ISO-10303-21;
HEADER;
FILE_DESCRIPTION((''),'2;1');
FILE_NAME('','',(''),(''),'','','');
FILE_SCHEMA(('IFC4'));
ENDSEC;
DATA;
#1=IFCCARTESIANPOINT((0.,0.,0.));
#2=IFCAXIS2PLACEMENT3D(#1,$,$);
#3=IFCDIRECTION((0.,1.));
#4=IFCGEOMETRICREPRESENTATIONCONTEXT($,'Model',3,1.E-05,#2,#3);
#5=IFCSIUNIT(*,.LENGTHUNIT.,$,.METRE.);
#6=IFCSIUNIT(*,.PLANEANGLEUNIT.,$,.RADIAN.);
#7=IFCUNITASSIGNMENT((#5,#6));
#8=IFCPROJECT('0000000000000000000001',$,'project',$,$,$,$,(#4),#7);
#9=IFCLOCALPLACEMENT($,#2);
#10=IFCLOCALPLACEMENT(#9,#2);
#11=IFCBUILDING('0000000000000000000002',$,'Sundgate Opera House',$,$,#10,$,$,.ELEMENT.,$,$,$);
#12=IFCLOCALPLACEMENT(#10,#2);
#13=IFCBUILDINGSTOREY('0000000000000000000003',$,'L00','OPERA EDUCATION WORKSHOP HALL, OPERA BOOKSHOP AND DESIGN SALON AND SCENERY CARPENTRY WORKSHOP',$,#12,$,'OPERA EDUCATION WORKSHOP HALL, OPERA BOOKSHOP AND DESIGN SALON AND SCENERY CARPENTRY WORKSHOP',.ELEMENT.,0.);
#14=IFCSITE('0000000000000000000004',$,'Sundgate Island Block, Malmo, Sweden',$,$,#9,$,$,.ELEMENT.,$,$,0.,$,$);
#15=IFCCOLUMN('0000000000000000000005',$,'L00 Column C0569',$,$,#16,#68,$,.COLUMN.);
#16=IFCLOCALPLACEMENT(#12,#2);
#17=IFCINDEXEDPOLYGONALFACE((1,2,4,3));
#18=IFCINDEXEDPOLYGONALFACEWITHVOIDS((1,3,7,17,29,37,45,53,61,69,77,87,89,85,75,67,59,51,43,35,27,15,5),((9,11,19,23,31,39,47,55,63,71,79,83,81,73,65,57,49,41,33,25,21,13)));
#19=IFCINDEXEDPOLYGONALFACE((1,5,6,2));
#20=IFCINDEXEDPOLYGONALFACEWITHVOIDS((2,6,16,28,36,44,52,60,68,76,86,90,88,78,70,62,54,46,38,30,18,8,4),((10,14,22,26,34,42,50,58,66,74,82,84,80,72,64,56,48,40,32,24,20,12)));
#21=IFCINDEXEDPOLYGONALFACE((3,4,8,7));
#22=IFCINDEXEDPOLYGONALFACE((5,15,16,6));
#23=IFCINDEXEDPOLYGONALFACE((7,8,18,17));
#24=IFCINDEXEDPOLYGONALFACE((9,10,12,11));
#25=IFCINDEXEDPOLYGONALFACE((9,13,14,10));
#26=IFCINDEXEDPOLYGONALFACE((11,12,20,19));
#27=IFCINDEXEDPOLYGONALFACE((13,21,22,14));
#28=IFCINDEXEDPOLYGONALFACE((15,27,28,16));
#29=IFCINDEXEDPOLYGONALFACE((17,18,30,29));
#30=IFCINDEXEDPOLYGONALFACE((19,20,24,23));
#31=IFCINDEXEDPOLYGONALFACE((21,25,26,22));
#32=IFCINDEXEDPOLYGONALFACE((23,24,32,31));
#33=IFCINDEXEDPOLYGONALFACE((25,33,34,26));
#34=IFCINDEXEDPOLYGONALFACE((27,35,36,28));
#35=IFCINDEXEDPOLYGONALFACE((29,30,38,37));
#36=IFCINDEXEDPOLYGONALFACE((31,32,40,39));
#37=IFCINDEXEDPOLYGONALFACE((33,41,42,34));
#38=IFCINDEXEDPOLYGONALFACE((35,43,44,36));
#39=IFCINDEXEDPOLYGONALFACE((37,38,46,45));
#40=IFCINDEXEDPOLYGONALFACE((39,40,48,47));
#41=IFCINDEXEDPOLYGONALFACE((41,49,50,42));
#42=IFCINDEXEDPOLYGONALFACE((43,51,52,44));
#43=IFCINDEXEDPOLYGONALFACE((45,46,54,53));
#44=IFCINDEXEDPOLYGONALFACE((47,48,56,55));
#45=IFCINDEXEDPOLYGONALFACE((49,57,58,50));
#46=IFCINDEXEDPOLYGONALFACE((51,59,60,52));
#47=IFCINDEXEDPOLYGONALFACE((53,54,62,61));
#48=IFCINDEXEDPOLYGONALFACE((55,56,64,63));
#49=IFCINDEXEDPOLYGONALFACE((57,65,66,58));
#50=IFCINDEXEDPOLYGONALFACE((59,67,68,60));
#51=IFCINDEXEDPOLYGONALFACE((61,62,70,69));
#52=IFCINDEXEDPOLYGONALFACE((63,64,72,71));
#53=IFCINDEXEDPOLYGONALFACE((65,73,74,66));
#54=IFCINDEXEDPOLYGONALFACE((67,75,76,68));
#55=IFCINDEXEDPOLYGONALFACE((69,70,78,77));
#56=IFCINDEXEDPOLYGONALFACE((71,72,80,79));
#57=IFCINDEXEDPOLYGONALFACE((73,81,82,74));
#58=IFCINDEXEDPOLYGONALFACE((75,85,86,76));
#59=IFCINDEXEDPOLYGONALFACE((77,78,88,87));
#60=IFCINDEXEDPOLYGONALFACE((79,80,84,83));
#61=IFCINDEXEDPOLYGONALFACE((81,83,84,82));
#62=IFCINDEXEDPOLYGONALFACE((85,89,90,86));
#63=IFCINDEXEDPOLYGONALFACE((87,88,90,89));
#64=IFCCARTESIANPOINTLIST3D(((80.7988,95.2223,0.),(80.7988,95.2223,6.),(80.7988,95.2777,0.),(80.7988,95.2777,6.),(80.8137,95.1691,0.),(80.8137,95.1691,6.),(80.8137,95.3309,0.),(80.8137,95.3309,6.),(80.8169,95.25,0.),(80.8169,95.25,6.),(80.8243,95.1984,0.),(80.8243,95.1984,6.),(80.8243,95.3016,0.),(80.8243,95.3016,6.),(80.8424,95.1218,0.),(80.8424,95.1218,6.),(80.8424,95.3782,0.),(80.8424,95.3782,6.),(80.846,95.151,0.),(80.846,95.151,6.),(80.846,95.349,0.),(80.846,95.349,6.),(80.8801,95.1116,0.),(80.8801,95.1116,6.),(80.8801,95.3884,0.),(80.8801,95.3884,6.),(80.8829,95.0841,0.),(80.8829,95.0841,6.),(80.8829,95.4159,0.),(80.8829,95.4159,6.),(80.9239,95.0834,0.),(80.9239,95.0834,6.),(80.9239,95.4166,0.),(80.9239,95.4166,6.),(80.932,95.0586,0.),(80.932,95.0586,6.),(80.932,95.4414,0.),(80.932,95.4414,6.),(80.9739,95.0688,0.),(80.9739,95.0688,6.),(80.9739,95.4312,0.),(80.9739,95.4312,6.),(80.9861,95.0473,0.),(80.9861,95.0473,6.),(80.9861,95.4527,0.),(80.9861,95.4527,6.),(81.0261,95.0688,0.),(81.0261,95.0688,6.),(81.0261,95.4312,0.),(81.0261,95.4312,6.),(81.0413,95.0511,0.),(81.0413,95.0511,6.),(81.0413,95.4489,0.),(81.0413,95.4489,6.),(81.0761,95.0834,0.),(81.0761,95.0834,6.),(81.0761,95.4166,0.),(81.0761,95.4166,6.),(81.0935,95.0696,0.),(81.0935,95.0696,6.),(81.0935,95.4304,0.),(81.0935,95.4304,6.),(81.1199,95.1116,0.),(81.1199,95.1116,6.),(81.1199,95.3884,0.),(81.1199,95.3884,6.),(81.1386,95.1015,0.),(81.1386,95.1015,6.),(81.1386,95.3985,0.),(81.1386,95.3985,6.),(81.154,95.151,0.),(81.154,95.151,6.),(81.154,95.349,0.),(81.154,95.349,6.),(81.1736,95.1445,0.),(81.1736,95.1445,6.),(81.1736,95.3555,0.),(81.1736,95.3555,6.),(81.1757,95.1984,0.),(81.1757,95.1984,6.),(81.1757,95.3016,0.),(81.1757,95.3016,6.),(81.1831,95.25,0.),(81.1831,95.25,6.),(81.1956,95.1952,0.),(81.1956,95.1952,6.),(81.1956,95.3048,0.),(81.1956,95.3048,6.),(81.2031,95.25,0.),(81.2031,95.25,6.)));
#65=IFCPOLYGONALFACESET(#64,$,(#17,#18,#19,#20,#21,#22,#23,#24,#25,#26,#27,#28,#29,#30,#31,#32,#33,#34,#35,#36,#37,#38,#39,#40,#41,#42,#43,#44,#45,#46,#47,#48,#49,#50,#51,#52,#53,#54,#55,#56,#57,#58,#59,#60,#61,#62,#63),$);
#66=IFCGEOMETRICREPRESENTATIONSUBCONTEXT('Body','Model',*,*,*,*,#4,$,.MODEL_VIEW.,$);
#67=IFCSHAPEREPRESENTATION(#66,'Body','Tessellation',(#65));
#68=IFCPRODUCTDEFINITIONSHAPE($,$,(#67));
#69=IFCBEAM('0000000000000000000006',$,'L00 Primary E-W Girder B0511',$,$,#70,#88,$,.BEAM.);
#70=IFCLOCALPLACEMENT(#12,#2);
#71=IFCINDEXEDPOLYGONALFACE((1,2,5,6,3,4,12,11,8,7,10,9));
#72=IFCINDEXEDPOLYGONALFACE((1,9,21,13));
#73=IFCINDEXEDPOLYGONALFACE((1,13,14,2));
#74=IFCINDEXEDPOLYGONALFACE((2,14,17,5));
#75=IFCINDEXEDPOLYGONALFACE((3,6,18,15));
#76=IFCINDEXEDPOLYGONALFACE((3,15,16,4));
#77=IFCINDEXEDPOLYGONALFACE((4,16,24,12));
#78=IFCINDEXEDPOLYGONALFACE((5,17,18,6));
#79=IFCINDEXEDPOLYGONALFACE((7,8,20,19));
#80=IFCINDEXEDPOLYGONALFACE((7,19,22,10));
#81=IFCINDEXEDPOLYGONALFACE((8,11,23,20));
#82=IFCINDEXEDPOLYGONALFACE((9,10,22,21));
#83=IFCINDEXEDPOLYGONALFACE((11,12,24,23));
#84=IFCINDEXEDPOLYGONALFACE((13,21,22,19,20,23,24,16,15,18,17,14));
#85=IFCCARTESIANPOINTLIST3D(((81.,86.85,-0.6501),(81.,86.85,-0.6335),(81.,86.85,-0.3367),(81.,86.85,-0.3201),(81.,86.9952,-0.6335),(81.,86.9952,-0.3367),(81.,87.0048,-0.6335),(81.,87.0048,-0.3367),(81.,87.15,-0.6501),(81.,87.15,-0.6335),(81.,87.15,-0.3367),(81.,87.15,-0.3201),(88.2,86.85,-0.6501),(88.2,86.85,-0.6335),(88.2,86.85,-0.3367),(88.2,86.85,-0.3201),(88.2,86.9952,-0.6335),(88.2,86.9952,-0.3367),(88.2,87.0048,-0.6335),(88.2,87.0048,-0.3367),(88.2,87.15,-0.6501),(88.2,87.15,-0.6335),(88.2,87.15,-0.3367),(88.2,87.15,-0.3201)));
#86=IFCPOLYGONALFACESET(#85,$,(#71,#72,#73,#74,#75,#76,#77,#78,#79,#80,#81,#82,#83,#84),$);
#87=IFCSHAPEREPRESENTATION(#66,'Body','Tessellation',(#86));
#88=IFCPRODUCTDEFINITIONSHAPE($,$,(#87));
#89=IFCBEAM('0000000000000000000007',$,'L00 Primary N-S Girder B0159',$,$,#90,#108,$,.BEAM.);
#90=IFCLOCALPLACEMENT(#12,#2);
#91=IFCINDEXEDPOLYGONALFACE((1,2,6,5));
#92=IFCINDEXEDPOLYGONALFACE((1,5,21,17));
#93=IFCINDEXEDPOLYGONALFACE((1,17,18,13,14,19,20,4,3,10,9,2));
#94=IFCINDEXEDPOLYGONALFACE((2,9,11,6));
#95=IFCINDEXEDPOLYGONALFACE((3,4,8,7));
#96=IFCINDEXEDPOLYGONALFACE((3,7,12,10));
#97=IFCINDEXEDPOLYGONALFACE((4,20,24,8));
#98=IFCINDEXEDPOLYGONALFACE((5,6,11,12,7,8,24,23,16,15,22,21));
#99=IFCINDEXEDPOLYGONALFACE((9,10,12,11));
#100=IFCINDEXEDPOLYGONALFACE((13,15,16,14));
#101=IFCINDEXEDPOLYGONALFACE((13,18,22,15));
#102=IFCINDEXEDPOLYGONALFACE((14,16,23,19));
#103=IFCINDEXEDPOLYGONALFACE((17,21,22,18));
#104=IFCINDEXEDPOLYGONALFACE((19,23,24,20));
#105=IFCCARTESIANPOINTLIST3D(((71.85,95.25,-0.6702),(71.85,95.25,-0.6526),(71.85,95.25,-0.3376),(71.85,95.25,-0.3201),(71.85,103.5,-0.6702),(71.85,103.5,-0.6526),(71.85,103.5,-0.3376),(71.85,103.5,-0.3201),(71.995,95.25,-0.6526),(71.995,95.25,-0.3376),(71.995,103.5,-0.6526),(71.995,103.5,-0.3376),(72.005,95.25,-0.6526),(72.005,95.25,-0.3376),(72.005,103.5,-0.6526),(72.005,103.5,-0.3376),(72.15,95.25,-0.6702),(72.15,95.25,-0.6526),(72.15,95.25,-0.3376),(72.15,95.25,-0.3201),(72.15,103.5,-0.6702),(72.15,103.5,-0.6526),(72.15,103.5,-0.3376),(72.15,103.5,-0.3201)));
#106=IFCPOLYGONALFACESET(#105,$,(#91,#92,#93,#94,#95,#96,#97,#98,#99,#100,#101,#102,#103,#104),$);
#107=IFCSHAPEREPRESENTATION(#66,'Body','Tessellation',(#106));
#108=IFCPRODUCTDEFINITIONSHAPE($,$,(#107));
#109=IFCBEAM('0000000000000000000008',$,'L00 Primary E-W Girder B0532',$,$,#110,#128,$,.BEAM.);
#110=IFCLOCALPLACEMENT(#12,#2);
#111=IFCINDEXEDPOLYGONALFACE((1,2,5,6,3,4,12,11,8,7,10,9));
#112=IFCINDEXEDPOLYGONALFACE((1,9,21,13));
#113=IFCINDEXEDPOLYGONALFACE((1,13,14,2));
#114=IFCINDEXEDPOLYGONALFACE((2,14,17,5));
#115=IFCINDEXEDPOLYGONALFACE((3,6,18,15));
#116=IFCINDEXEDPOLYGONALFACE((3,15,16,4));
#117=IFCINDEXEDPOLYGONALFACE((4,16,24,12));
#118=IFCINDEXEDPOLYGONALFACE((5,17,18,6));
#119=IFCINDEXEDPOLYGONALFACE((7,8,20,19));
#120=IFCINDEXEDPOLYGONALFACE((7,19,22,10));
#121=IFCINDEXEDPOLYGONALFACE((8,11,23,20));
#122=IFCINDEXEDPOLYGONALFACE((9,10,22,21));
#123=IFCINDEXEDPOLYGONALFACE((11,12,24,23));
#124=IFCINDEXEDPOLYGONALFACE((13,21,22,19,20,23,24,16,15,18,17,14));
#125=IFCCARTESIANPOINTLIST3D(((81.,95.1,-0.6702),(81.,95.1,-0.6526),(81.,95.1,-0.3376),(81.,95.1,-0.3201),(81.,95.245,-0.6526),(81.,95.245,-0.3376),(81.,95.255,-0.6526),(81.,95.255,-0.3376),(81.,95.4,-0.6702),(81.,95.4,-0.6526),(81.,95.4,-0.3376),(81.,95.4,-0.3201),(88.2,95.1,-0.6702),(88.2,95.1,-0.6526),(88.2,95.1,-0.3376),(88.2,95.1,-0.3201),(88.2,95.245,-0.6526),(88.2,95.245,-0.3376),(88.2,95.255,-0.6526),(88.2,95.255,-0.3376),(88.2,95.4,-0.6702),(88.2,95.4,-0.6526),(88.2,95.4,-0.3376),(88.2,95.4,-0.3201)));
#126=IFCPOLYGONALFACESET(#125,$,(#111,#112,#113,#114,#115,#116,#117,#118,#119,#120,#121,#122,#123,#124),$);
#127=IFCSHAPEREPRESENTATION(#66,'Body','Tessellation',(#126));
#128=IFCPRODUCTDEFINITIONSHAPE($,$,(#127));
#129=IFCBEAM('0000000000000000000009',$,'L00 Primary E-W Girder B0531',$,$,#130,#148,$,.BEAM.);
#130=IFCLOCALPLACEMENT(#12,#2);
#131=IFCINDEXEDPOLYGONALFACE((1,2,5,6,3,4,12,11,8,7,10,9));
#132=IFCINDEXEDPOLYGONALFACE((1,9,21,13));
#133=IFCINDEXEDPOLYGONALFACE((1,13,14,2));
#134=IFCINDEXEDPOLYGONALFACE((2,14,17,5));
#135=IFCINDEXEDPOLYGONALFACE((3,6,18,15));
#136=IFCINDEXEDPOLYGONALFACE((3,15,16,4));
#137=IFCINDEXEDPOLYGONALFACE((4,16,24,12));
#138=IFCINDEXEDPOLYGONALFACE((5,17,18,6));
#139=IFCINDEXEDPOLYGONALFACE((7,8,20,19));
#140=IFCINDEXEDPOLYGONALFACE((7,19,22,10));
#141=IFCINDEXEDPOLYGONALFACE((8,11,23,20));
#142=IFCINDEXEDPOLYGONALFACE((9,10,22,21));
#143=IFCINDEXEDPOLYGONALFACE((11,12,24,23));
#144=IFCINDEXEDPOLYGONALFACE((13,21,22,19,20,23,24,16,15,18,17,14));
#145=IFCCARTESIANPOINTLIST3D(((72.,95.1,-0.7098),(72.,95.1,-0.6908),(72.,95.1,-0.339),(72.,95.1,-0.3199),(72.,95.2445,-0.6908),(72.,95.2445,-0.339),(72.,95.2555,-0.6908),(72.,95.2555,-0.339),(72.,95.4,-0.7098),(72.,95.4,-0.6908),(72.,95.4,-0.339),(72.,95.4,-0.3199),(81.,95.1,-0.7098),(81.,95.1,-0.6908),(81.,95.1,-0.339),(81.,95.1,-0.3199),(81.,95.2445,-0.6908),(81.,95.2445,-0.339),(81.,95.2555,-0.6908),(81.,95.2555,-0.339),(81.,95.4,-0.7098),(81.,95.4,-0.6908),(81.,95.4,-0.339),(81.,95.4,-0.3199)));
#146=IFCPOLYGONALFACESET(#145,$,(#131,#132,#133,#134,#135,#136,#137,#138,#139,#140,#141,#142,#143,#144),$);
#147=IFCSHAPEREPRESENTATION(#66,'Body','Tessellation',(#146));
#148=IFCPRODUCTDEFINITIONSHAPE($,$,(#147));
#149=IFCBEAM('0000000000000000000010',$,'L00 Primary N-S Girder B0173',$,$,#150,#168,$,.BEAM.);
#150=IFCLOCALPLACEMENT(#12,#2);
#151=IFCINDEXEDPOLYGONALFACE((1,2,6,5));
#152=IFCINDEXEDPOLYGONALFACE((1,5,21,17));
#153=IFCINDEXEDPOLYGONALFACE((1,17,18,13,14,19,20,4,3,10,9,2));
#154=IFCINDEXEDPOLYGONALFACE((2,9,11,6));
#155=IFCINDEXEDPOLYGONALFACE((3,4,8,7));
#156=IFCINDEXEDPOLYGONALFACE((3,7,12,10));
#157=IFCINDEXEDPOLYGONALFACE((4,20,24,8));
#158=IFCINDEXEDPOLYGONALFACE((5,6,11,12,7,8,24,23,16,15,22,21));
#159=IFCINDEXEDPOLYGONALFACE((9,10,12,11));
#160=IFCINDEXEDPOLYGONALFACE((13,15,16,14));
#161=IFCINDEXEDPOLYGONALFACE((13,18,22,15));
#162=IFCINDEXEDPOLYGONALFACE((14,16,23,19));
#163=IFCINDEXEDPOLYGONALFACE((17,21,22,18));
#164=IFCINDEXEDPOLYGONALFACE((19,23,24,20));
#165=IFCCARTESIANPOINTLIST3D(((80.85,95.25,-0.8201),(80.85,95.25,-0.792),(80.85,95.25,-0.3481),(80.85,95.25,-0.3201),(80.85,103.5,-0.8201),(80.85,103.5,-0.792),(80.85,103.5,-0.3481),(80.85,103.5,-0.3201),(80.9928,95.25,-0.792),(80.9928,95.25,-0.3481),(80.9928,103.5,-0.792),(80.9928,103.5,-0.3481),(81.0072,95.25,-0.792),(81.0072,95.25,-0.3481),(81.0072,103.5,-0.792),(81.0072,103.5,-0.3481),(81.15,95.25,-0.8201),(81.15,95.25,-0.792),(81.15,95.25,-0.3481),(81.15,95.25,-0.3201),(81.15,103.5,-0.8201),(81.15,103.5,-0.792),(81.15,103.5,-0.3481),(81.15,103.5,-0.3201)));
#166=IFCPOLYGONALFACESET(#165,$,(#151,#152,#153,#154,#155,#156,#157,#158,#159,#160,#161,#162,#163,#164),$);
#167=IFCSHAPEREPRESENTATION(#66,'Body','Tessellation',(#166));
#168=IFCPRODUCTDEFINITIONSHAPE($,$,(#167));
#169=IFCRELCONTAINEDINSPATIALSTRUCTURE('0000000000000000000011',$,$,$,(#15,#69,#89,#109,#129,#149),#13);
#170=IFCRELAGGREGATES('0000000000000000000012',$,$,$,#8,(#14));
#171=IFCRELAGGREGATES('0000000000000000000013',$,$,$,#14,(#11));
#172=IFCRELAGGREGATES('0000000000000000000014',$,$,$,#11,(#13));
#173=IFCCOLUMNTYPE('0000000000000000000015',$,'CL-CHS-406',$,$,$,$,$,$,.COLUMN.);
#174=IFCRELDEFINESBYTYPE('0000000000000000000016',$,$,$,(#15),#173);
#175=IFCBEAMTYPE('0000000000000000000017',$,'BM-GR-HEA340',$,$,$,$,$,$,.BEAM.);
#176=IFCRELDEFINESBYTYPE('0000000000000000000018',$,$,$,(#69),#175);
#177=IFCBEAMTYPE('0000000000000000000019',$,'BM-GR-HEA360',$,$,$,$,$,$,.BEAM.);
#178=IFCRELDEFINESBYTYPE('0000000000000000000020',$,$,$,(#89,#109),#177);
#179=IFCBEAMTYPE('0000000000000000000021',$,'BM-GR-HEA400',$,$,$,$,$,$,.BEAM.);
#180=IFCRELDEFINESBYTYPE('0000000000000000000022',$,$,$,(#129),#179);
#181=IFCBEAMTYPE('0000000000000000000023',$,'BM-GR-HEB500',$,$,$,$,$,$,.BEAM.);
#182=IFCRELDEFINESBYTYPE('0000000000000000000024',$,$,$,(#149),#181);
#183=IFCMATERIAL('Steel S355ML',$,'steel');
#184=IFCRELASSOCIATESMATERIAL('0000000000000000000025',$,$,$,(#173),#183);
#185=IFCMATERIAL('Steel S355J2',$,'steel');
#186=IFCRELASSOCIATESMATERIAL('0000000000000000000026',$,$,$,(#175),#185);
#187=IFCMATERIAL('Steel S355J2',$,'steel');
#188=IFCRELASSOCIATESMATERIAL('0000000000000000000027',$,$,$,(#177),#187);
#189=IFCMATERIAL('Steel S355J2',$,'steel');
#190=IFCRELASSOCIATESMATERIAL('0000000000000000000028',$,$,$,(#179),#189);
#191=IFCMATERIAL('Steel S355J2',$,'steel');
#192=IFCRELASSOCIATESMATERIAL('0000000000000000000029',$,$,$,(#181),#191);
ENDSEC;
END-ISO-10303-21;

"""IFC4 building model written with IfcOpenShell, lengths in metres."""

from ifc_helpers import new_model, si_unit, direction, frame, origin, origin_2d, place, context, subcontext, project, spatial, hollow_circle, i_section, extrude, material, material_profile, profile_set, type_object, element, save


model = new_model("IFC4")

# Units and contexts
model_context = context("Model", 3, precision=1e-05, world=origin(), true_north=direction((0.0, 1.0)))
body_context = subcontext(model_context, "Body", "Model", "MODEL_VIEW")
ifc_project = project(units=[si_unit("LENGTHUNIT", "METRE"), si_unit("PLANEANGLEUNIT", "RADIAN")], contexts=[model_context])

# Site, building, storey
site_placement = place(None, origin())
site = spatial("IfcSite", under=ifc_project, at=site_placement, Name="Sundgate Island Block, Malmo, Sweden", CompositionType="ELEMENT", RefElevation=0.0)
building_placement = place(site_placement, origin())
building = spatial("IfcBuilding", under=site, at=building_placement, Name="Sundgate Opera House", CompositionType="ELEMENT")
storey_placement = place(building_placement, origin())
storey = spatial("IfcBuildingStorey", under=building, at=storey_placement, Name="L00", Description="OPERA EDUCATION WORKSHOP HALL, OPERA BOOKSHOP AND DESIGN SALON AND SCENERY CARPENTRY WORKSHOP", LongName="OPERA EDUCATION WORKSHOP HALL, OPERA BOOKSHOP AND DESIGN SALON AND SCENERY CARPENTRY WORKSHOP", CompositionType="ELEMENT", Elevation=0.0)

# Column
ifc_material_1 = material(Name="Steel S355ML", Category="steel")
ifc_material_profile_1 = material_profile(ifc_material_1, hollow_circle(Radius=0.2031, WallThickness=0.02, at=origin_2d()), Name="CHS 406.4x20.0")
ifc_profile_set_1 = profile_set([ifc_material_profile_1], Name="Steel S355ML")
column_type = type_object("IfcColumnType", Name="CL-CHS-406", PredefinedType="COLUMN", material=ifc_profile_set_1)
column_placement = place(storey_placement, frame((81.0, 95.25, 0.0), z_axis=(0.0, 0.0, 1.0), x_axis=(1.0, 0.0, 0.0)))
element("IfcColumn", 1, at=column_placement, inside=storey, type_object=column_type, Name="L00 Column C0569", PredefinedType="COLUMN", context=body_context, shape_type="SweptSolid", body=[
    extrude(hollow_circle(Radius=0.2031, WallThickness=0.02, at=origin_2d()), origin(), (0.0, 0.0, 1.0), 6.0),
])

# Beams
ifc_material_2 = material(Name="Steel S355J2", Category="steel")
ifc_material_profile_2 = material_profile(ifc_material_2, i_section(OverallWidth=0.3, OverallDepth=0.3301, WebThickness=0.0095, FlangeThickness=0.0166, at=origin_2d()), Name="HEA 340")
ifc_profile_set_2 = profile_set([ifc_material_profile_2], Name="Steel S355J2")
beam_type_1 = type_object("IfcBeamType", Name="BM-GR-HEA340", PredefinedType="BEAM", material=ifc_profile_set_2)
beam_1_placement = place(storey_placement, frame((81.0, 87.0, -0.4851), z_axis=(1.0, 0.0, 0.0), x_axis=(0.0, 1.0, 0.0)))
element("IfcBeam", 2, at=beam_1_placement, inside=storey, type_object=beam_type_1, Name="L00 Primary E-W Girder B0511", PredefinedType="BEAM", context=body_context, shape_type="SweptSolid", body=[
    extrude(i_section(OverallWidth=0.3, OverallDepth=0.3301, WebThickness=0.0095, FlangeThickness=0.0166, at=origin_2d()), origin(), (0.0, 0.0, 1.0), 7.2),
])
ifc_material_3 = material(Name="Steel S355J2", Category="steel")
ifc_material_profile_3 = material_profile(ifc_material_3, i_section(OverallWidth=0.3, OverallDepth=0.3501, WebThickness=0.01, FlangeThickness=0.0176, at=origin_2d()), Name="HEA 360")
ifc_profile_set_3 = profile_set([ifc_material_profile_3], Name="Steel S355J2")
beam_type_2 = type_object("IfcBeamType", Name="BM-GR-HEA360", PredefinedType="BEAM", material=ifc_profile_set_3)
beam_2_placement = place(storey_placement, frame((72.0, 95.25, -0.4951), z_axis=(0.0, 1.0, 0.0), x_axis=(-1.0, 0.0, 0.0)))
element("IfcBeam", 3, at=beam_2_placement, inside=storey, type_object=beam_type_2, Name="L00 Primary N-S Girder B0159", PredefinedType="BEAM", context=body_context, shape_type="SweptSolid", body=[
    extrude(i_section(OverallWidth=0.3, OverallDepth=0.3501, WebThickness=0.01, FlangeThickness=0.0176, at=origin_2d()), origin(), (0.0, 0.0, 1.0), 8.25),
])
beam_3_placement = place(storey_placement, frame((81.0, 95.25, -0.4951), z_axis=(1.0, 0.0, 0.0), x_axis=(0.0, 1.0, 0.0)))
element("IfcBeam", 4, at=beam_3_placement, inside=storey, type_object=beam_type_2, Name="L00 Primary E-W Girder B0532", PredefinedType="BEAM", context=body_context, shape_type="SweptSolid", body=[
    extrude(i_section(OverallWidth=0.3, OverallDepth=0.3501, WebThickness=0.01, FlangeThickness=0.0176, at=origin_2d()), origin(), (0.0, 0.0, 1.0), 7.2),
])
ifc_material_4 = material(Name="Steel S355J2", Category="steel")
ifc_material_profile_4 = material_profile(ifc_material_4, i_section(OverallWidth=0.3, OverallDepth=0.3899, WebThickness=0.011, FlangeThickness=0.019, at=origin_2d()), Name="HEA 400")
ifc_profile_set_4 = profile_set([ifc_material_profile_4], Name="Steel S355J2")
beam_type_3 = type_object("IfcBeamType", Name="BM-GR-HEA400", PredefinedType="BEAM", material=ifc_profile_set_4)
beam_4_placement = place(storey_placement, frame((72.0, 95.25, -0.5149), z_axis=(1.0, 0.0, 0.0), x_axis=(0.0, 1.0, 0.0)))
element("IfcBeam", 5, at=beam_4_placement, inside=storey, type_object=beam_type_3, Name="L00 Primary E-W Girder B0531", PredefinedType="BEAM", context=body_context, shape_type="SweptSolid", body=[
    extrude(i_section(OverallWidth=0.3, OverallDepth=0.3899, WebThickness=0.011, FlangeThickness=0.019, at=origin_2d()), origin(), (0.0, 0.0, 1.0), 9.0),
])
ifc_material_5 = material(Name="Steel S355J2", Category="steel")
ifc_material_profile_5 = material_profile(ifc_material_5, i_section(OverallWidth=0.3, OverallDepth=0.5, WebThickness=0.0144, FlangeThickness=0.0281, at=origin_2d()), Name="HEB 500")
ifc_profile_set_5 = profile_set([ifc_material_profile_5], Name="Steel S355J2")
beam_type_4 = type_object("IfcBeamType", Name="BM-GR-HEB500", PredefinedType="BEAM", material=ifc_profile_set_5)
beam_5_placement = place(storey_placement, frame((81.0, 95.25, -0.5701), z_axis=(0.0, 1.0, 0.0), x_axis=(-1.0, 0.0, 0.0)))
element("IfcBeam", 6, at=beam_5_placement, inside=storey, type_object=beam_type_4, Name="L00 Primary N-S Girder B0173", PredefinedType="BEAM", context=body_context, shape_type="SweptSolid", body=[
    extrude(i_section(OverallWidth=0.3, OverallDepth=0.5, WebThickness=0.0144, FlangeThickness=0.0281, at=origin_2d()), origin(), (0.0, 0.0, 1.0), 8.25),
])

save(model, "model.ifc")
